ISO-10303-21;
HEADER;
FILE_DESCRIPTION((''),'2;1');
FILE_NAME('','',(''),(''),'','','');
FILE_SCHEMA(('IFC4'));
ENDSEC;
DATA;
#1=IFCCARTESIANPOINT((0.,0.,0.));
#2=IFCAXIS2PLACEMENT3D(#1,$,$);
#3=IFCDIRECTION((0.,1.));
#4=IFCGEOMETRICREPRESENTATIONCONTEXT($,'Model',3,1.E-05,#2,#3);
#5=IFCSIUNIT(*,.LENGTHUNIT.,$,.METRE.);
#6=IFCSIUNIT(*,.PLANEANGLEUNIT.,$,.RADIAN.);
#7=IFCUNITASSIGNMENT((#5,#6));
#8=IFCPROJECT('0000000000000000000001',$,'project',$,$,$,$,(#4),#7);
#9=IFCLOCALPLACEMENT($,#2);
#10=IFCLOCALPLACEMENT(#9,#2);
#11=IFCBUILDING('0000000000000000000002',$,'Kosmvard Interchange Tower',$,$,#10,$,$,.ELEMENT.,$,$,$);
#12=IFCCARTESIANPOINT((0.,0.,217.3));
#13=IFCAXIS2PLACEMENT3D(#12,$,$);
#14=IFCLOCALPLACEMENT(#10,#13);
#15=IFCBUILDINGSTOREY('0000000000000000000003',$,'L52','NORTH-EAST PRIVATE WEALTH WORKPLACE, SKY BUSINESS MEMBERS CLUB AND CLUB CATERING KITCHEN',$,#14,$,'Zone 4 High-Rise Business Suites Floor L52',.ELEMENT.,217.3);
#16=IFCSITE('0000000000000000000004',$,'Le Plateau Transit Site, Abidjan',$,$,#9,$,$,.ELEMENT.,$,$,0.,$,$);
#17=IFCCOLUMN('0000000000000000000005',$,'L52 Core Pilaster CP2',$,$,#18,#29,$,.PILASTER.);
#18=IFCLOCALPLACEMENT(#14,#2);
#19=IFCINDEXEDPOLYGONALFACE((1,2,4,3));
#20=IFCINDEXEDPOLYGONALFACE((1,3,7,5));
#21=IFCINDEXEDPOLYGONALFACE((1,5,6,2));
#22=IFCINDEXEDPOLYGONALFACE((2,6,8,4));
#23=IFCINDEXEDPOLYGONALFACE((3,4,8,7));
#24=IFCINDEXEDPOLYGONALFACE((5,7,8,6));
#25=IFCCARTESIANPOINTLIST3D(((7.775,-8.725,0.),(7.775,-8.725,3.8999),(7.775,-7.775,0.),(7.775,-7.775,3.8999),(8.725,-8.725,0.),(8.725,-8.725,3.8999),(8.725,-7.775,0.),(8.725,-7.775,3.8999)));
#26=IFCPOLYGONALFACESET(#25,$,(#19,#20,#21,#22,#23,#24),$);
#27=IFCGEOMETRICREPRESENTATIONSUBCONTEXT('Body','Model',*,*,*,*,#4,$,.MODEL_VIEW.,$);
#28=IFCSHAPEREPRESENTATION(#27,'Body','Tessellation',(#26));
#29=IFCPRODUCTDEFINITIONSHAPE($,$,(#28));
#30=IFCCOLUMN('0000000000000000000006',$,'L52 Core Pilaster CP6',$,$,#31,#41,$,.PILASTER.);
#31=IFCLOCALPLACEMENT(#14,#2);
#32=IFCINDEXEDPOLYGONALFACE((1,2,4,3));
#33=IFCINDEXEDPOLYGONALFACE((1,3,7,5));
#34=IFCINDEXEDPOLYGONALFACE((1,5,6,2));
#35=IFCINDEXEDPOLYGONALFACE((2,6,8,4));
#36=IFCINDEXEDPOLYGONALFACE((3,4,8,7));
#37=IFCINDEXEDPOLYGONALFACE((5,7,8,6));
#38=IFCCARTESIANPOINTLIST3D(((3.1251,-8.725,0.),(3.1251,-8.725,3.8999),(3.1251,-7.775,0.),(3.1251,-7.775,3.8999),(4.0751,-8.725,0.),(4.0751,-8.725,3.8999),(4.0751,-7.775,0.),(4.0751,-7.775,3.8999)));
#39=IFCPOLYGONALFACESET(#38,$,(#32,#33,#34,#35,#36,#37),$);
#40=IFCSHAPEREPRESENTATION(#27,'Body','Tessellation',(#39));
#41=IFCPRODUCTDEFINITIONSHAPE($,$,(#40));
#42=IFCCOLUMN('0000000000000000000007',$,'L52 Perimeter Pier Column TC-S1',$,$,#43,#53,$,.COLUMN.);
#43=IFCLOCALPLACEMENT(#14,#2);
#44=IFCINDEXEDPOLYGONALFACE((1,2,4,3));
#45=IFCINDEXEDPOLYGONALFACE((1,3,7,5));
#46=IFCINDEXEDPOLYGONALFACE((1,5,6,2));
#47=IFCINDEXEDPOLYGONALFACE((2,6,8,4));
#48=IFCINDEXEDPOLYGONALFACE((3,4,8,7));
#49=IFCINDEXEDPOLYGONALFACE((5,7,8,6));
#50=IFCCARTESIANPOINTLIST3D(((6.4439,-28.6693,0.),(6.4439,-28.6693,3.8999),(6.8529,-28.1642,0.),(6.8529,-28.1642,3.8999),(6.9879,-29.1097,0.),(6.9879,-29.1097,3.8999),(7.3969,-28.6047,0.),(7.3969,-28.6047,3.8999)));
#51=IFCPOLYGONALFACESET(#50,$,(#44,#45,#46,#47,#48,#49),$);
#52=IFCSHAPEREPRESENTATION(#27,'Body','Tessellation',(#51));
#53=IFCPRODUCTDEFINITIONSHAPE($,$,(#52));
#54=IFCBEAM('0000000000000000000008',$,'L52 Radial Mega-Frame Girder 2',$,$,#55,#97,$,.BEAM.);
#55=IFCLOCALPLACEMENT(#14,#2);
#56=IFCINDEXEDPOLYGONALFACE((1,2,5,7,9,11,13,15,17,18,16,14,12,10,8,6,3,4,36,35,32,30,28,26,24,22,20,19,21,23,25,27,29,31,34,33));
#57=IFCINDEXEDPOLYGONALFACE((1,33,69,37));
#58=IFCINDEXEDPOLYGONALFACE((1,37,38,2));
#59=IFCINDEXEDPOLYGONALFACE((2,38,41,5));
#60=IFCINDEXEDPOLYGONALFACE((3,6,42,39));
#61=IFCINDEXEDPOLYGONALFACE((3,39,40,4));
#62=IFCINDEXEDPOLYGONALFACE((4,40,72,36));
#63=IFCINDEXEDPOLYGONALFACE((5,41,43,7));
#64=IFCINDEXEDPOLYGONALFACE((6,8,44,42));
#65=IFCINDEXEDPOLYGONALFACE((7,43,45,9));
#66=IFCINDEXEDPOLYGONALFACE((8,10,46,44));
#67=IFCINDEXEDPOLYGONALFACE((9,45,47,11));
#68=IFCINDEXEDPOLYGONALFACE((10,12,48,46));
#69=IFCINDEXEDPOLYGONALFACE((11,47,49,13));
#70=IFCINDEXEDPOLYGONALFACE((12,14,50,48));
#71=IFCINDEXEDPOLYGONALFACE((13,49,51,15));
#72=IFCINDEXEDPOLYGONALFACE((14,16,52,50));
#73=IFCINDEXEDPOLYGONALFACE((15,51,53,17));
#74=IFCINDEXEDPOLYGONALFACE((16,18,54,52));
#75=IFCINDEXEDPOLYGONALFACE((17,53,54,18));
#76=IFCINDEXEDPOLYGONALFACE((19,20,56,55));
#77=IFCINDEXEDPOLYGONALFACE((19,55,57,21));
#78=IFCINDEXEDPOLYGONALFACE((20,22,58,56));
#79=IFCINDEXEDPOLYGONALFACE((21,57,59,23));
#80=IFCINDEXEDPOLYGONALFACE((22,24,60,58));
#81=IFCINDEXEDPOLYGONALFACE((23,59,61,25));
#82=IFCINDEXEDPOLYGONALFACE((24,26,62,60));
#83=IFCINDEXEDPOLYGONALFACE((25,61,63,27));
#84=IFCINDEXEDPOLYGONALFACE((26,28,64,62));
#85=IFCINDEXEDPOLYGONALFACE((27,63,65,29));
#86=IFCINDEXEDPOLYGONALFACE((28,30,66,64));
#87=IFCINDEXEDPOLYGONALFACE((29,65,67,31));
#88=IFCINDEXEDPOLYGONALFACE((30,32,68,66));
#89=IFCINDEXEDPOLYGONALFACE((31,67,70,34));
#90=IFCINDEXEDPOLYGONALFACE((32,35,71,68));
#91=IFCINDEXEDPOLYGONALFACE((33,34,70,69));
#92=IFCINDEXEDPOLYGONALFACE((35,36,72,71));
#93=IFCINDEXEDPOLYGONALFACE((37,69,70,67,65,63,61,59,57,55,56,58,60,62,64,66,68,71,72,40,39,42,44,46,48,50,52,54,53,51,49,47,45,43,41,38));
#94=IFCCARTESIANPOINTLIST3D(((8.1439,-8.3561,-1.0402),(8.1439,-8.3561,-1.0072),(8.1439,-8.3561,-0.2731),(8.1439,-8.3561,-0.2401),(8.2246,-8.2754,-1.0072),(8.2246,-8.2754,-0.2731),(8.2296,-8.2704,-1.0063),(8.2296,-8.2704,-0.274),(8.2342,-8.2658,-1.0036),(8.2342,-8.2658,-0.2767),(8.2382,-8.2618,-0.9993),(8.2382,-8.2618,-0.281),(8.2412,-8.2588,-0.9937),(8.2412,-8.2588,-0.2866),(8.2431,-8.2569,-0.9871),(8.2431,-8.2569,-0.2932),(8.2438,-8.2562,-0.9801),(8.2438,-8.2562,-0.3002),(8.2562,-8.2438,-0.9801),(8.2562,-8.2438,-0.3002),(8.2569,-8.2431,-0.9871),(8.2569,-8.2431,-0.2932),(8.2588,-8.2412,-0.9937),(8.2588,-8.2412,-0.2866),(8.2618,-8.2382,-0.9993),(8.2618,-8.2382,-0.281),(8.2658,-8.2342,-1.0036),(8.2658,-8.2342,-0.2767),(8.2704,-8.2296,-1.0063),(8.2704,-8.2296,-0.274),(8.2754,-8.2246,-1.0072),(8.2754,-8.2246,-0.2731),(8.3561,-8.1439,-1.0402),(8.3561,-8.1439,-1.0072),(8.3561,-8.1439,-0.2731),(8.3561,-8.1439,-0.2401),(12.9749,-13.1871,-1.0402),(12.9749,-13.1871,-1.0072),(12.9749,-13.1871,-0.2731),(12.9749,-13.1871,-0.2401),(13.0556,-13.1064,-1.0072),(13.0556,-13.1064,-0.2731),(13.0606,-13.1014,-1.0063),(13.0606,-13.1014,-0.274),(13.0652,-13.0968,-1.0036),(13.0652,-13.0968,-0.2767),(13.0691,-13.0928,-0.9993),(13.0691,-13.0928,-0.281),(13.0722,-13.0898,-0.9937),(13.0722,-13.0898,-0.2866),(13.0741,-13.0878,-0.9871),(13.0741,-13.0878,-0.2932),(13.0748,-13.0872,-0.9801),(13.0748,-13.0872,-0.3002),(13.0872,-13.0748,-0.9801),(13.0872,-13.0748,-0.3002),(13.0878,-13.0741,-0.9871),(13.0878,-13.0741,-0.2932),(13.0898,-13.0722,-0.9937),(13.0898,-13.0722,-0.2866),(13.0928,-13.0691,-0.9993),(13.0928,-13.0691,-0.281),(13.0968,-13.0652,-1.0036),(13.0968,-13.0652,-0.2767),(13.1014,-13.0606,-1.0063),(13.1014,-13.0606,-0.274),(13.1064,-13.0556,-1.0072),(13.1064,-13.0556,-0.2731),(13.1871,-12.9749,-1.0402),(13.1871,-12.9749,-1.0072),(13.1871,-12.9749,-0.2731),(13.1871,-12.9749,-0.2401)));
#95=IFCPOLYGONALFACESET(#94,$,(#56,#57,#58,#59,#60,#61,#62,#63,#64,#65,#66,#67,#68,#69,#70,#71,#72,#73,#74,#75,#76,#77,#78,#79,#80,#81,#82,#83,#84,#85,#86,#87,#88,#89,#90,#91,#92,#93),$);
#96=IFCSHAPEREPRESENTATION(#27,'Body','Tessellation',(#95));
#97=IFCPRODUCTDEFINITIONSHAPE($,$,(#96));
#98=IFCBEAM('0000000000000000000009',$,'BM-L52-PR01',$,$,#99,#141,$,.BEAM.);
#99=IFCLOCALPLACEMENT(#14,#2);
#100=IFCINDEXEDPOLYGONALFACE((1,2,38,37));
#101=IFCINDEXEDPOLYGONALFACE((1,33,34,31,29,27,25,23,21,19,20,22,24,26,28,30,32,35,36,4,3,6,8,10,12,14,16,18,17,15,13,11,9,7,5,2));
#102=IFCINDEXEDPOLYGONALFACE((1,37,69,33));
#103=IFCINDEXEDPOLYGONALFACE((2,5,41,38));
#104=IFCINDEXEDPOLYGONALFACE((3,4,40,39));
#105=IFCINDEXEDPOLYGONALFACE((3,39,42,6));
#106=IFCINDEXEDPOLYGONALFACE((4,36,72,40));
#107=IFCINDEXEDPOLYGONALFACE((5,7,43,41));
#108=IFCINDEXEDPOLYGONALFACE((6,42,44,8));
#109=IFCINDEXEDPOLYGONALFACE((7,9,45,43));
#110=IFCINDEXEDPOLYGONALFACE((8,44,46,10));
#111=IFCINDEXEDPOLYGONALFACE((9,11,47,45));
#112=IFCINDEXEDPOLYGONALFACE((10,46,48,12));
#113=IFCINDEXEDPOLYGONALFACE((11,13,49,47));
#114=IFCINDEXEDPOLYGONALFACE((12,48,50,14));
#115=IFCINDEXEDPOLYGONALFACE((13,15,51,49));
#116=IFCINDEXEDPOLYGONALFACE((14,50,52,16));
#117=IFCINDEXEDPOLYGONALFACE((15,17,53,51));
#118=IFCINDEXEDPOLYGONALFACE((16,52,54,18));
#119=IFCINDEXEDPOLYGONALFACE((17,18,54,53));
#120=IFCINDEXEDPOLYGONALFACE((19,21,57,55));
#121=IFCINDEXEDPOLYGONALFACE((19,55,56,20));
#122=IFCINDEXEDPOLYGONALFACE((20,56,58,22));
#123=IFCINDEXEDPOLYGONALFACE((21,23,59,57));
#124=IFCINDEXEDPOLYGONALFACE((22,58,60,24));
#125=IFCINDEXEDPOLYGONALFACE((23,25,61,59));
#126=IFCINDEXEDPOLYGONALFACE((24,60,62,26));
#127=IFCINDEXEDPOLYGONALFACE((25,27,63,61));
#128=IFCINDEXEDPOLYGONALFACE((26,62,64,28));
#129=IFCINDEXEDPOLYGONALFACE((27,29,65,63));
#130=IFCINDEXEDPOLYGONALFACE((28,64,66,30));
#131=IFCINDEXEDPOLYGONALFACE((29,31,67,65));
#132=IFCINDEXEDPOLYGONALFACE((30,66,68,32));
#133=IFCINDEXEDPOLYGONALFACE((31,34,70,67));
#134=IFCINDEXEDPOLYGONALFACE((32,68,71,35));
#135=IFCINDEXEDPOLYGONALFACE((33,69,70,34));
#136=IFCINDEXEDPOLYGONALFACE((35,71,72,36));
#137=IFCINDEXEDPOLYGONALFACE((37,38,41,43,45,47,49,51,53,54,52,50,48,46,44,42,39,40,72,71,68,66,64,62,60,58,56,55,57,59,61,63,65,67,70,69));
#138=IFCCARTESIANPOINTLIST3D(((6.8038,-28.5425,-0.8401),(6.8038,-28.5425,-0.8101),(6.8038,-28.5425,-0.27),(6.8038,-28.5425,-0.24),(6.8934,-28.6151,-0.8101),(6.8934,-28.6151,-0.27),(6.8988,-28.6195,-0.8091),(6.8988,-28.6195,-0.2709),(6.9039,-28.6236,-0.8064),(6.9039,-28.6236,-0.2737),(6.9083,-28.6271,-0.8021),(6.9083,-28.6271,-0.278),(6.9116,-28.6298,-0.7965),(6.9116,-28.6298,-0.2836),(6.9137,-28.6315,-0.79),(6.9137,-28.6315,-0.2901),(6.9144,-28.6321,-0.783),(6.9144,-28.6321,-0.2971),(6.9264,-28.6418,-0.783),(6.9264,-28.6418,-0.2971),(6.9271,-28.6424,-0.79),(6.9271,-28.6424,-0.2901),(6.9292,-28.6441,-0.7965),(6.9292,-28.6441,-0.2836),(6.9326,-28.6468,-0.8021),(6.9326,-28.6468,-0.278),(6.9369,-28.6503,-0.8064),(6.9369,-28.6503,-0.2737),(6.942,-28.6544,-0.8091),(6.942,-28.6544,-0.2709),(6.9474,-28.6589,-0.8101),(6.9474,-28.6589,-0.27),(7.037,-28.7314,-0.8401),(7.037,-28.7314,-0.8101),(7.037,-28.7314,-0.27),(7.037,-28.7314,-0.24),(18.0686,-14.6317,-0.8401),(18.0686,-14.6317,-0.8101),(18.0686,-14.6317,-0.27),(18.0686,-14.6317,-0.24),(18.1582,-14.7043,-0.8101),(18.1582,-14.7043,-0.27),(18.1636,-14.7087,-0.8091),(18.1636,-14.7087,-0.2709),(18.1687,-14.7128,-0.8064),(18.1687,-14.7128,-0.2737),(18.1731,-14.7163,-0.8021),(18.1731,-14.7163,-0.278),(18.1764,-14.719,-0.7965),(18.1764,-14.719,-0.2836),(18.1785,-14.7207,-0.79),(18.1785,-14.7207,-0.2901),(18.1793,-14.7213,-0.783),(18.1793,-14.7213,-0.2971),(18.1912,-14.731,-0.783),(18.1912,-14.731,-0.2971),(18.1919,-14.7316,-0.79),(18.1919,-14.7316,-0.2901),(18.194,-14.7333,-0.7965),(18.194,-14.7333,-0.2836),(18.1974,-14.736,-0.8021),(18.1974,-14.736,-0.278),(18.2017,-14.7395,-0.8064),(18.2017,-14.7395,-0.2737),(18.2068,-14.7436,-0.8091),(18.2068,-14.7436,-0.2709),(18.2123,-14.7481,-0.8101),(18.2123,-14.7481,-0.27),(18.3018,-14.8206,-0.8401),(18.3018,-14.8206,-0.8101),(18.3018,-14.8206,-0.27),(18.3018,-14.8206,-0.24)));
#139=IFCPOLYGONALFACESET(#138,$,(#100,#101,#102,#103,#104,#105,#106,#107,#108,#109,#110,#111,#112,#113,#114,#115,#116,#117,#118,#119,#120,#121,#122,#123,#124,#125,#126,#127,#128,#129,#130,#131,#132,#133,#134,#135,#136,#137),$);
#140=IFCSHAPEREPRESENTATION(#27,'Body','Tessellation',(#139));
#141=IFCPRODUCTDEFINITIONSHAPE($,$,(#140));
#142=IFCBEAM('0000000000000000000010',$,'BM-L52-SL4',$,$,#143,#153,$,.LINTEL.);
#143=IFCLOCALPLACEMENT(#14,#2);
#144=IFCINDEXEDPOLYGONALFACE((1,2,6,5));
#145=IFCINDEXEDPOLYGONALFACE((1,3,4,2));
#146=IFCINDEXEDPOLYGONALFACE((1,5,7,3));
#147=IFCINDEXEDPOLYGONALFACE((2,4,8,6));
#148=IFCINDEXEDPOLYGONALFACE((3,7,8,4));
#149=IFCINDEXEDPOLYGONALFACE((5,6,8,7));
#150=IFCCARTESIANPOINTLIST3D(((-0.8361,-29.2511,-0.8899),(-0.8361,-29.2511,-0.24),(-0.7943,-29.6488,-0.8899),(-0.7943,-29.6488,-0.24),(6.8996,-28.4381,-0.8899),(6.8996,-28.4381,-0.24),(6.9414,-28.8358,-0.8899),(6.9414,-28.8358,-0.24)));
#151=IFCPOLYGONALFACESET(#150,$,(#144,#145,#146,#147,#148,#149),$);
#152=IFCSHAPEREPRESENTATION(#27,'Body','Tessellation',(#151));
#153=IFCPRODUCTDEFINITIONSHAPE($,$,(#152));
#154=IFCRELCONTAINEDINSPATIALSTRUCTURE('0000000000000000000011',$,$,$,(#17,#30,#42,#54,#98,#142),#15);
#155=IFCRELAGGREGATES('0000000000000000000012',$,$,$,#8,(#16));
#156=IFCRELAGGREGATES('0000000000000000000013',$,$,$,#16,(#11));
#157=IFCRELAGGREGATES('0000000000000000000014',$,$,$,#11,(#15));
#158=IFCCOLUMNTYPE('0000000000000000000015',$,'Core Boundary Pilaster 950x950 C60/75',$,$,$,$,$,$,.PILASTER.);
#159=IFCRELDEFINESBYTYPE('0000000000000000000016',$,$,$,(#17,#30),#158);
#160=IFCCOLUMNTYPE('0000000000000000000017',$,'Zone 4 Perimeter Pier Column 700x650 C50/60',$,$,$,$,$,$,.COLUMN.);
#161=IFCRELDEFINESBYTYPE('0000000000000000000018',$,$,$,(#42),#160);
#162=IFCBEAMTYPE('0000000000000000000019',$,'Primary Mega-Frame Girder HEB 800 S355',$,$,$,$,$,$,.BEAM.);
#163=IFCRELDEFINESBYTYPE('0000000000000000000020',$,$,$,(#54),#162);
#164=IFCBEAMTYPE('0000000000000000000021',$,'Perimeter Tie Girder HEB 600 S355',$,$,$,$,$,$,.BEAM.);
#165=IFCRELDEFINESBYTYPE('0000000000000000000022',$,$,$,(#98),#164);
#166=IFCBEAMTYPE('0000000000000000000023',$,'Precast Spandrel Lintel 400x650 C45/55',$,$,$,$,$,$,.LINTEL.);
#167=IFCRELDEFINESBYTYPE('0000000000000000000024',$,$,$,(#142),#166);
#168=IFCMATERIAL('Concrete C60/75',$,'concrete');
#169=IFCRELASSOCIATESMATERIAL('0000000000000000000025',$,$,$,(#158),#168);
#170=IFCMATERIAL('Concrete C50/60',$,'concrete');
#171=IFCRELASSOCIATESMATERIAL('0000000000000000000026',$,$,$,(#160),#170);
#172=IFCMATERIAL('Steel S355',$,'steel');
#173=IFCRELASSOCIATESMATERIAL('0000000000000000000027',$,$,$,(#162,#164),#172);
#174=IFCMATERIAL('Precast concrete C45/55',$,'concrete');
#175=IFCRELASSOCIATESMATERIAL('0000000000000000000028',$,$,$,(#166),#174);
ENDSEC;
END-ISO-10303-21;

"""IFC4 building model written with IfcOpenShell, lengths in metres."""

from ifc_helpers import new_model, si_unit, direction, frame, origin, origin_2d, place, context, subcontext, project, spatial, rectangle, i_section, extrude, source, transform, mapped, material, material_profile, profile_set, type_object, element, save


model = new_model("IFC4")

# Units and contexts
model_context = context("Model", 3, precision=1e-05, world=origin(), true_north=direction((0.0, 1.0)))
body_context = subcontext(model_context, "Body", "Model", "MODEL_VIEW")
ifc_project = project(units=[si_unit("LENGTHUNIT", "METRE"), si_unit("PLANEANGLEUNIT", "RADIAN")], contexts=[model_context])

# Site, building, storey
site_placement = place(None, origin())
site = spatial("IfcSite", under=ifc_project, at=site_placement, Name="Le Plateau Transit Site, Abidjan", CompositionType="ELEMENT", RefElevation=0.0)
building_placement = place(site_placement, origin())
building = spatial("IfcBuilding", under=site, at=building_placement, Name="Kosmvard Interchange Tower", CompositionType="ELEMENT")
storey_placement = place(building_placement, frame((0.0, 0.0, 217.3)))
storey = spatial("IfcBuildingStorey", under=building, at=storey_placement, Name="L52", Description="NORTH-EAST PRIVATE WEALTH WORKPLACE, SKY BUSINESS MEMBERS CLUB AND CLUB CATERING KITCHEN", LongName="Zone 4 High-Rise Business Suites Floor L52", CompositionType="ELEMENT", Elevation=217.3)

# Columns
ifc_material_1 = material(Name="Concrete C60/75", Category="concrete")
ifc_material_profile_1 = material_profile(ifc_material_1, rectangle(XDim=0.95, YDim=0.95, at=origin_2d()), Name="CP 950x950")
ifc_profile_set_1 = profile_set([ifc_material_profile_1], Name="Concrete C60/75")
column_type_1 = type_object("IfcColumnType", Name="Core Boundary Pilaster 950x950 C60/75", PredefinedType="PILASTER", material=ifc_profile_set_1)
shared_shape_1 = source(origin(), body_context, "Body", "SweptSolid", [
    extrude(rectangle(XDim=0.95, YDim=0.95, at=origin_2d()), origin(), (0.0, 0.0, 1.0), 3.8999),
])
for number, where, z_axis, x_axis, name in (
    (1, (8.25, -8.25, 0.0), (0.0, 0.0, 1.0), (1.0, 0.0, 0.0), "L52 Core Pilaster CP2"),
    (2, (3.6001, -8.25, 0.0), (0.0, 0.0, 1.0), (1.0, 0.0, 0.0), "L52 Core Pilaster CP6"),
):
    element("IfcColumn", number, at=place(storey_placement, frame(where, z_axis=z_axis, x_axis=x_axis)), inside=storey, type_object=column_type_1, Name=name, PredefinedType="PILASTER", context=body_context, shape_type="MappedRepresentation", body=[
        mapped(shared_shape_1, transform((0.0, 0.0, 0.0), scale=1.0)),
    ])
ifc_material_2 = material(Name="Concrete C50/60", Category="concrete")
ifc_material_profile_2 = material_profile(ifc_material_2, rectangle(XDim=0.6499, YDim=0.7, at=origin_2d()), Name="TC 700x650")
ifc_profile_set_2 = profile_set([ifc_material_profile_2], Name="Concrete C50/60")
column_type_2 = type_object("IfcColumnType", Name="Zone 4 Perimeter Pier Column 700x650 C50/60", PredefinedType="COLUMN", material=ifc_profile_set_2)
shared_shape_2 = source(origin(), body_context, "Body", "SweptSolid", [
    extrude(rectangle(XDim=0.6499, YDim=0.7, at=origin_2d()), origin(), (0.0, 0.0, 1.0), 3.8999),
])
column_placement = place(storey_placement, frame((6.9204, -28.637, 0.0), z_axis=(0.0, 0.0, 1.0), x_axis=(0.62932, 0.777146, 0.0)))
element("IfcColumn", 3, at=column_placement, inside=storey, type_object=column_type_2, Name="L52 Perimeter Pier Column TC-S1", PredefinedType="COLUMN", context=body_context, shape_type="MappedRepresentation", body=[
    mapped(shared_shape_2, transform((0.0, 0.0, 0.0), scale=1.0)),
])

# Beams
ifc_material_3 = material(Name="Steel S355", Category="steel")
ifc_material_profile_3 = material_profile(ifc_material_3, i_section(OverallWidth=0.3, OverallDepth=0.8, WebThickness=0.0176, FlangeThickness=0.033, FilletRadius=0.0271, at=origin_2d()), Name="HEB 800")
ifc_profile_set_3 = profile_set([ifc_material_profile_3], Name="Steel S355")
beam_type_1 = type_object("IfcBeamType", Name="Primary Mega-Frame Girder HEB 800 S355", PredefinedType="BEAM", material=ifc_profile_set_3)
shared_shape_3 = source(origin(), body_context, "Body", "SweptSolid", [
    extrude(i_section(OverallWidth=0.3, OverallDepth=0.8, WebThickness=0.0176, FlangeThickness=0.033, FilletRadius=0.0271, at=origin_2d()), origin(), (0.0, 0.0, 1.0), 6.832),
])
beam_1_placement = place(storey_placement, frame((8.25, -8.25, -0.6401), z_axis=(0.707107, -0.707107, 0.0), x_axis=(0.707107, 0.707107, 0.0)))
element("IfcBeam", 4, at=beam_1_placement, inside=storey, type_object=beam_type_1, Name="L52 Radial Mega-Frame Girder 2", PredefinedType="BEAM", context=body_context, shape_type="MappedRepresentation", body=[
    mapped(shared_shape_3, transform((0.0, 0.0, 0.0), scale=1.0)),
])
ifc_material_profile_4 = material_profile(ifc_material_3, i_section(OverallWidth=0.3, OverallDepth=0.6001, WebThickness=0.0154, FlangeThickness=0.03, FilletRadius=0.0271, at=origin_2d()), Name="HEB 600")
ifc_profile_set_4 = profile_set([ifc_material_profile_4], Name="Steel S355")
beam_type_2 = type_object("IfcBeamType", Name="Perimeter Tie Girder HEB 600 S355", PredefinedType="BEAM", material=ifc_profile_set_4)
shared_shape_4 = source(origin(), body_context, "Body", "SweptSolid", [
    extrude(i_section(OverallWidth=0.3, OverallDepth=0.6001, WebThickness=0.0154, FlangeThickness=0.03, FilletRadius=0.0271, at=origin_2d()), origin(), (0.0, 0.0, 1.0), 17.8999),
])
beam_2_placement = place(storey_placement, frame((6.9204, -28.637, -0.54), z_axis=(0.629323, 0.777144, 0.0), x_axis=(-0.777144, 0.629323, 0.0)))
element("IfcBeam", 5, at=beam_2_placement, inside=storey, type_object=beam_type_2, Name="BM-L52-PR01", PredefinedType="BEAM", context=body_context, shape_type="MappedRepresentation", body=[
    mapped(shared_shape_4, transform((0.0, 0.0, 0.0), scale=1.0)),
])
ifc_material_4 = material(Name="Precast concrete C45/55", Category="concrete")
ifc_material_profile_5 = material_profile(ifc_material_4, rectangle(XDim=0.3999, YDim=0.6499, at=origin_2d()), Name="SL 400x650")
ifc_profile_set_5 = profile_set([ifc_material_profile_5], Name="Precast concrete C45/55")
beam_type_3 = type_object("IfcBeamType", Name="Precast Spandrel Lintel 400x650 C45/55", PredefinedType="LINTEL", material=ifc_profile_set_5)
shared_shape_5 = source(origin(), body_context, "Body", "SweptSolid", [
    extrude(rectangle(XDim=0.3999, YDim=0.6499, at=origin_2d()), origin(), (0.0, 0.0, 1.0), 7.7783),
])
beam_3_placement = place(storey_placement, frame((-0.8152, -29.45, -0.5649), z_axis=(0.994523, 0.104521, 0.0), x_axis=(-0.104521, 0.994523, 0.0)))
element("IfcBeam", 6, at=beam_3_placement, inside=storey, type_object=beam_type_3, Name="BM-L52-SL4", PredefinedType="LINTEL", context=body_context, shape_type="MappedRepresentation", body=[
    mapped(shared_shape_5, transform((0.0, 0.0, 0.0), scale=1.0)),
])

save(model, "model.ifc")
